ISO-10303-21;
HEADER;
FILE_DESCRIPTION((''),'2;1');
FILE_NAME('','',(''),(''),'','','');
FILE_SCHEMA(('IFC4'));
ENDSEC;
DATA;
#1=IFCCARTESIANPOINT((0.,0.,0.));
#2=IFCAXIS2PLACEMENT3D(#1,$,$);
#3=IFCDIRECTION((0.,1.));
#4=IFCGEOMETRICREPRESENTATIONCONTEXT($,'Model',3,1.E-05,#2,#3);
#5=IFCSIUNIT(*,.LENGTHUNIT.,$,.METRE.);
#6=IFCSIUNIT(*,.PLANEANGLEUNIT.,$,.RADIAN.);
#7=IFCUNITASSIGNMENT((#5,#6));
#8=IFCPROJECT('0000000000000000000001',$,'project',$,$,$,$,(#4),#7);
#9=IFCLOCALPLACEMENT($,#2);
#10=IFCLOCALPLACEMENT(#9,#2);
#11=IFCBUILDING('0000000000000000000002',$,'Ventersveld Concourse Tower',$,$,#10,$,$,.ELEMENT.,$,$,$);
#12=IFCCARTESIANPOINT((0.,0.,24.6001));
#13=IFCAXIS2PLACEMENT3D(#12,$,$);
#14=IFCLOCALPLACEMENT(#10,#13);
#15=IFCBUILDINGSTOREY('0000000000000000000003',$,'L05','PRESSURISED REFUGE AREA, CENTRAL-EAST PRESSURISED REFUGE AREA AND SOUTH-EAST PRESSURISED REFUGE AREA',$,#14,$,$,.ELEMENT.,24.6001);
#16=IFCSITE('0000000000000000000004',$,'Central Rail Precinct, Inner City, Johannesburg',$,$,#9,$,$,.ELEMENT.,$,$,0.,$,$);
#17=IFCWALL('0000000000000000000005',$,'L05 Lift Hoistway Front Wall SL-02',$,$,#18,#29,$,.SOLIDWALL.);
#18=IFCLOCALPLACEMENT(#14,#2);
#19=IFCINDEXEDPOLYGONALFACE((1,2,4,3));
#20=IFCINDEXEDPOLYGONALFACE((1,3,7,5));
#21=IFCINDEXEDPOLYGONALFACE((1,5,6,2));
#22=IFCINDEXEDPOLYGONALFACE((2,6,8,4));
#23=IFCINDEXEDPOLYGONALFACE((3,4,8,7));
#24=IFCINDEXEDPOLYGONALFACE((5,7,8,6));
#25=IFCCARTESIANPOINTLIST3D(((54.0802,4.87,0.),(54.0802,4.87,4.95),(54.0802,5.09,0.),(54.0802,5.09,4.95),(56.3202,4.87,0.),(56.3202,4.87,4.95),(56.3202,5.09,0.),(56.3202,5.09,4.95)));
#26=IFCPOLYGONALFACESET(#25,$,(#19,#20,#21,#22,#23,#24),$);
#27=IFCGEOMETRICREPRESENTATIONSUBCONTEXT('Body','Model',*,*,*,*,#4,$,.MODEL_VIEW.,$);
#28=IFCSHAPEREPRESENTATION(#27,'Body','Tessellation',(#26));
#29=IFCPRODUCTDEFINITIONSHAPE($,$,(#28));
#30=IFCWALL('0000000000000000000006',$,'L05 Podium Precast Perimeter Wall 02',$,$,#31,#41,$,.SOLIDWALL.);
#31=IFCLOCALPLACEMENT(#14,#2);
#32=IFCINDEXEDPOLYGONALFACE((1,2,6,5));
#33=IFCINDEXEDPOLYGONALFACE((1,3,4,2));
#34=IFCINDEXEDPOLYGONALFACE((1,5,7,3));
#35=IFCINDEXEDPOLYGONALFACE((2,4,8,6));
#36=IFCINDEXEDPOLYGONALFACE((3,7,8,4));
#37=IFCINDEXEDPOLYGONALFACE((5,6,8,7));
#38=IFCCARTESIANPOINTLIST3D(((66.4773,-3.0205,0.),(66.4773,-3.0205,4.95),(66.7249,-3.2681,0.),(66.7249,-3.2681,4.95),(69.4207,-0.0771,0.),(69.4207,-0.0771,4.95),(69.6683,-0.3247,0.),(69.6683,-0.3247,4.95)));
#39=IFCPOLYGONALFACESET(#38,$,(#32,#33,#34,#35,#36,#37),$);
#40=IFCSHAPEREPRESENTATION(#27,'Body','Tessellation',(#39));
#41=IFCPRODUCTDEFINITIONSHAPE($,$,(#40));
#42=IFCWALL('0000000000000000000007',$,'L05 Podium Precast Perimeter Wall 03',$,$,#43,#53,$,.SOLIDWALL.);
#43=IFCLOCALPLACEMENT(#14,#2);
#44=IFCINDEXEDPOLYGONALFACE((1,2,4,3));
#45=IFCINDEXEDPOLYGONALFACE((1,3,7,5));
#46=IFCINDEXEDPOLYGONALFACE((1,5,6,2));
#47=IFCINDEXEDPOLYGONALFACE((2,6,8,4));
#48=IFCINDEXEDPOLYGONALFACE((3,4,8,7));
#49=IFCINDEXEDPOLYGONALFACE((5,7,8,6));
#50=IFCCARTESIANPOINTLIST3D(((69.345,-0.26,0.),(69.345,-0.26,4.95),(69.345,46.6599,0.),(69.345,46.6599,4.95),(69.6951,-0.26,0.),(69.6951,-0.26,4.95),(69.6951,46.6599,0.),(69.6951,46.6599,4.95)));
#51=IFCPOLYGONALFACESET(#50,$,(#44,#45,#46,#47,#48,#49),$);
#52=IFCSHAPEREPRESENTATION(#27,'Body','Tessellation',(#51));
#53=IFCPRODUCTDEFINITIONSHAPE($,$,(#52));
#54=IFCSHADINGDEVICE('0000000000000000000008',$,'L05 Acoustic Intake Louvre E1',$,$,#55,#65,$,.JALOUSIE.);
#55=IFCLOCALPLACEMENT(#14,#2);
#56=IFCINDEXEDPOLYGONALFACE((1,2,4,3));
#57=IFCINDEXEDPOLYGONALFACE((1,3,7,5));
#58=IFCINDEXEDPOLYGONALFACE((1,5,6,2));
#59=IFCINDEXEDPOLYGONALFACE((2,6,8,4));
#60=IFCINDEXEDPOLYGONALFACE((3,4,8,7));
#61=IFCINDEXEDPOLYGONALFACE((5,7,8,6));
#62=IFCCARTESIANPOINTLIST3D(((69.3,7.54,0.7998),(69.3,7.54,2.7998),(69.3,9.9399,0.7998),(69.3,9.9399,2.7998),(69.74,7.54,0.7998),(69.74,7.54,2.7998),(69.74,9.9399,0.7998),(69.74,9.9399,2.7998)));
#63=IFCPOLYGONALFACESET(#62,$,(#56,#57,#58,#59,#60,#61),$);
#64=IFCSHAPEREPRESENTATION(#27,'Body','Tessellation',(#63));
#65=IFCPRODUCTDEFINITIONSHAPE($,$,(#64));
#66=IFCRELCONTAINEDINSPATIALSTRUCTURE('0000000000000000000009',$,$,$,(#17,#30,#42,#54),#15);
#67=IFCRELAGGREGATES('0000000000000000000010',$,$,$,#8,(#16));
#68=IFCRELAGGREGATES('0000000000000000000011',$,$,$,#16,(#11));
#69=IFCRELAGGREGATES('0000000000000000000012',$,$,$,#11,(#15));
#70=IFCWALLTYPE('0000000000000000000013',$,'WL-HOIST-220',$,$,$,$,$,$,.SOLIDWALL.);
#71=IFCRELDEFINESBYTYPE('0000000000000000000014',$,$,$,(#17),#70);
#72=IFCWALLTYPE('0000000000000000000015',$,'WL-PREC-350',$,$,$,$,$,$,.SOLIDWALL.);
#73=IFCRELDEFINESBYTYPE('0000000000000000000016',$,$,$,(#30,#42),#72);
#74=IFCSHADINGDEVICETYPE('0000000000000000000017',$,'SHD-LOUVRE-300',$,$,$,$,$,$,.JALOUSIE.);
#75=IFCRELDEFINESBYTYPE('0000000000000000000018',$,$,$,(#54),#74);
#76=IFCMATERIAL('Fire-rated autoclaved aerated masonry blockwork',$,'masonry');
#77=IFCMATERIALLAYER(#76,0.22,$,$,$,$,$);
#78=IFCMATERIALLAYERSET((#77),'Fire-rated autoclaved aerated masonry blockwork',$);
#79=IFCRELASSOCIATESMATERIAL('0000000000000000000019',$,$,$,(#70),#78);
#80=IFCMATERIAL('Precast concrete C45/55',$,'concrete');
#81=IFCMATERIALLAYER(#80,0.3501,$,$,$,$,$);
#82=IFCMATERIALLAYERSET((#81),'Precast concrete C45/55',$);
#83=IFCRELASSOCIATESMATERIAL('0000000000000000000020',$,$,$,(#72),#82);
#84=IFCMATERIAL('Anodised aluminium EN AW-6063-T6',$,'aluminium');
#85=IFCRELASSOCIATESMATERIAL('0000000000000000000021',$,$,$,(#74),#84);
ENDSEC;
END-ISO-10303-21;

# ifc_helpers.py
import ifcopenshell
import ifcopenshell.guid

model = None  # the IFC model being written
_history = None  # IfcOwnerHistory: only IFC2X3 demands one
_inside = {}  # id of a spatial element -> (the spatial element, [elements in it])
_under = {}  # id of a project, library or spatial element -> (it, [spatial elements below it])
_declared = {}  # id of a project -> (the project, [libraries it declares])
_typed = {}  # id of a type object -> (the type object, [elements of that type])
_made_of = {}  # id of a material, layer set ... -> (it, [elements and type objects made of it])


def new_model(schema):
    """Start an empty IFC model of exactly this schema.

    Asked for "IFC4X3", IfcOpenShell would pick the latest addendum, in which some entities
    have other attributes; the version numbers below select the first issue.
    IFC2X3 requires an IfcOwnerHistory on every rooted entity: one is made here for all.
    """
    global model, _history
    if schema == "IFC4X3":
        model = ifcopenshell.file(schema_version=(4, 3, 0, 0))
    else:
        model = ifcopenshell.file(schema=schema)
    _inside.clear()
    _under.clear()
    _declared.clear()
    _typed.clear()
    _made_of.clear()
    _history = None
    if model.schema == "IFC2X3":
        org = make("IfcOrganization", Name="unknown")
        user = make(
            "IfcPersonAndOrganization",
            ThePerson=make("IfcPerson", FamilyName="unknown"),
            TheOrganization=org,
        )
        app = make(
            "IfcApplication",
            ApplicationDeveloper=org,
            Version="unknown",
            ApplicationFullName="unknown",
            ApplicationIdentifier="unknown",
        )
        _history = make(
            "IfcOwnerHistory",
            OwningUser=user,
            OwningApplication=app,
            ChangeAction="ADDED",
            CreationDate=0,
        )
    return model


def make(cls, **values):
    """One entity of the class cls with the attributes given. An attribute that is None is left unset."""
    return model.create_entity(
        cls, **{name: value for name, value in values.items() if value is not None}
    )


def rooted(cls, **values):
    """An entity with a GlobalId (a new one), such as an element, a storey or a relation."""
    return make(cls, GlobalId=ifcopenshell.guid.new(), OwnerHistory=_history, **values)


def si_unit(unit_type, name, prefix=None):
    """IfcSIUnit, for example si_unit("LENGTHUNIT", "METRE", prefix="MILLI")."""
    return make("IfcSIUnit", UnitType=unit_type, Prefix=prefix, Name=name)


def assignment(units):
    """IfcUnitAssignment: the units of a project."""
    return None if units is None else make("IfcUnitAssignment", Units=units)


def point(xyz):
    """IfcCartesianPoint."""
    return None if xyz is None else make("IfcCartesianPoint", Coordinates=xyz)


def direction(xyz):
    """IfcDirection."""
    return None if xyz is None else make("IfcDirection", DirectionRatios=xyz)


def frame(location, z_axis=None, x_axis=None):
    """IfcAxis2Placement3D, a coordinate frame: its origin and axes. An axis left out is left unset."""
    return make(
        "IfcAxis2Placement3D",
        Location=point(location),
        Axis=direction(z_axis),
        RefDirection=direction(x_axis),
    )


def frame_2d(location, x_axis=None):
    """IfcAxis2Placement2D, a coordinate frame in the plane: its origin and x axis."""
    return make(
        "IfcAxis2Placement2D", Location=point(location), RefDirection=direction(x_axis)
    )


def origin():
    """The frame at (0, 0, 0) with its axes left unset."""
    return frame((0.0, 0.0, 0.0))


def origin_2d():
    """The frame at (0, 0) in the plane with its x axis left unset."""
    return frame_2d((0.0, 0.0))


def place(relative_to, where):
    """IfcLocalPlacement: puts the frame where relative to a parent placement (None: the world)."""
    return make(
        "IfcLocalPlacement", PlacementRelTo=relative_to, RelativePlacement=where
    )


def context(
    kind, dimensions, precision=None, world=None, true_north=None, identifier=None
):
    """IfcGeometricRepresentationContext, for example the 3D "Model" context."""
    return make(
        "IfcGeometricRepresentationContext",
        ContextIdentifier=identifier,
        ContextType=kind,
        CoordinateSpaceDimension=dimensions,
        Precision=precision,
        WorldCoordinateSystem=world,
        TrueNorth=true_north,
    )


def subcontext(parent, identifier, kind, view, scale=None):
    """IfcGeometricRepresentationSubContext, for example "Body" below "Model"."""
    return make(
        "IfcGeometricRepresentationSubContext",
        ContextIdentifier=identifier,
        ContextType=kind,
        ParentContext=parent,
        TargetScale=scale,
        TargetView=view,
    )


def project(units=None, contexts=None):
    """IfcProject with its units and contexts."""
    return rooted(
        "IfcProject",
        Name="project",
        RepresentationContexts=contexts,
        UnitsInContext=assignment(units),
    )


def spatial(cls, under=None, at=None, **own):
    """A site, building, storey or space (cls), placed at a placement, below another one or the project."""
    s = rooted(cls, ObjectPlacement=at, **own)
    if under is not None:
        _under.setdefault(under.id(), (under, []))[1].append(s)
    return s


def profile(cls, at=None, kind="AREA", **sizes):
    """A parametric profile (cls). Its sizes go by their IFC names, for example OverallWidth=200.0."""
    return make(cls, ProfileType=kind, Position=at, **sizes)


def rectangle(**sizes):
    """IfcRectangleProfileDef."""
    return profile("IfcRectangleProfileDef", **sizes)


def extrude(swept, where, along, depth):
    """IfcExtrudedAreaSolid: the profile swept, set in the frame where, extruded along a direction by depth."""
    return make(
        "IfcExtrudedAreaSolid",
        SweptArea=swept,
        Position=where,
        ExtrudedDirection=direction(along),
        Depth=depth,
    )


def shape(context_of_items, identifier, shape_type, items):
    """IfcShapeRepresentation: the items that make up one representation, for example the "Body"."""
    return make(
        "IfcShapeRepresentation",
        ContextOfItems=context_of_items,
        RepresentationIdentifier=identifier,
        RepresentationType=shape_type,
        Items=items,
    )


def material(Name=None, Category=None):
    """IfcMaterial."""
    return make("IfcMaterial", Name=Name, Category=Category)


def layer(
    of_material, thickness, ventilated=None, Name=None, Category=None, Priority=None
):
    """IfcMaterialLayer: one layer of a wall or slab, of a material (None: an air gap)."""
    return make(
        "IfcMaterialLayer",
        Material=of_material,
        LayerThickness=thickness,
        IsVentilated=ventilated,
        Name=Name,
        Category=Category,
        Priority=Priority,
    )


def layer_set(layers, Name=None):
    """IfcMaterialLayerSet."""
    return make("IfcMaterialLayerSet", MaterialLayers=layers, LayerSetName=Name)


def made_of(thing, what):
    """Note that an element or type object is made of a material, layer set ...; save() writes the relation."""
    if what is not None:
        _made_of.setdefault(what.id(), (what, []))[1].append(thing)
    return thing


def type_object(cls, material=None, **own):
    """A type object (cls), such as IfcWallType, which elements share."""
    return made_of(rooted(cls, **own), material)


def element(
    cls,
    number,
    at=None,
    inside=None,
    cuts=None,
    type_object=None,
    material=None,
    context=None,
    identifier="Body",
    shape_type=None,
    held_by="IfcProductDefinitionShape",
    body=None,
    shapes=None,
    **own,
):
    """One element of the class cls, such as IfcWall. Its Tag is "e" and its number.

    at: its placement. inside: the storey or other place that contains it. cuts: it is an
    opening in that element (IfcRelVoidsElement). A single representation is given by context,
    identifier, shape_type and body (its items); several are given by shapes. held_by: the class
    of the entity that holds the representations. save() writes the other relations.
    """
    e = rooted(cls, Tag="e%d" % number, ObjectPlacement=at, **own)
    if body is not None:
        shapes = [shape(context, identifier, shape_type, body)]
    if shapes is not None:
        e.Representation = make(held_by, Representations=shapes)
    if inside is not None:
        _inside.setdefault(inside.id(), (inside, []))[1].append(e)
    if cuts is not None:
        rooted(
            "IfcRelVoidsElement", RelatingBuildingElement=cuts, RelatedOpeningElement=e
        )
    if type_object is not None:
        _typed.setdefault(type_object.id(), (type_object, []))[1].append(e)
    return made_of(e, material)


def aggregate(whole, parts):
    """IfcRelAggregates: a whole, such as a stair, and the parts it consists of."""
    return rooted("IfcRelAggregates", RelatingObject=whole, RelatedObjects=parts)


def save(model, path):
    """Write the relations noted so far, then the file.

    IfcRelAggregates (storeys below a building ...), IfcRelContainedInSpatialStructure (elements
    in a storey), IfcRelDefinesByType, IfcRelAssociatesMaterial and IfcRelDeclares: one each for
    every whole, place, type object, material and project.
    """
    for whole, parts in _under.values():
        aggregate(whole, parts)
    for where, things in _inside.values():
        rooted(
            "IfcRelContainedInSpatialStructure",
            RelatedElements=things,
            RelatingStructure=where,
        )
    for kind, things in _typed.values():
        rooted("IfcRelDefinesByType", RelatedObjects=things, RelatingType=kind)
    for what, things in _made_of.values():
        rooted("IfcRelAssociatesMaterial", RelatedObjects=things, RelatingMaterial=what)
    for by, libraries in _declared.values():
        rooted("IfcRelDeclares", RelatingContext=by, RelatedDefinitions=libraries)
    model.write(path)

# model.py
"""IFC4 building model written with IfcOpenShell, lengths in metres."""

from ifc_helpers import new_model, si_unit, direction, frame, frame_2d, origin, origin_2d, place, context, subcontext, project, spatial, rectangle, extrude, material, layer, layer_set, type_object, element, save


model = new_model("IFC4")

# Units and contexts
model_context = context("Model", 3, precision=1e-05, world=origin(), true_north=direction((0.0, 1.0)))
body_context = subcontext(model_context, "Body", "Model", "MODEL_VIEW")
ifc_project = project(units=[si_unit("LENGTHUNIT", "METRE"), si_unit("PLANEANGLEUNIT", "RADIAN")], contexts=[model_context])

# Site, building, storey
site_placement = place(None, origin())
site = spatial("IfcSite", under=ifc_project, at=site_placement, Name="Central Rail Precinct, Inner City, Johannesburg", CompositionType="ELEMENT", RefElevation=0.0)
building_placement = place(site_placement, origin())
building = spatial("IfcBuilding", under=site, at=building_placement, Name="Ventersveld Concourse Tower", CompositionType="ELEMENT")
storey_placement = place(building_placement, frame((0.0, 0.0, 24.6001)))
storey = spatial("IfcBuildingStorey", under=building, at=storey_placement, Name="L05", Description="PRESSURISED REFUGE AREA, CENTRAL-EAST PRESSURISED REFUGE AREA AND SOUTH-EAST PRESSURISED REFUGE AREA", CompositionType="ELEMENT", Elevation=24.6001)

# Shared definitions
ifc_material_1 = material(Name="Fire-rated autoclaved aerated masonry blockwork", Category="masonry")

# Walls
ifc_layer_1 = layer(ifc_material_1, 0.22)
ifc_layer_set_1 = layer_set([ifc_layer_1], Name="Fire-rated autoclaved aerated masonry blockwork")
wall_type_1 = type_object("IfcWallType", Name="WL-HOIST-220", PredefinedType="SOLIDWALL", material=ifc_layer_set_1)
wall_1_placement = place(storey_placement, frame((54.0801, 4.98, 0.0), z_axis=(0.0, 0.0, 1.0), x_axis=(1.0, 0.0, 0.0)))
element("IfcWall", 1, at=wall_1_placement, inside=storey, type_object=wall_type_1, Name="L05 Lift Hoistway Front Wall SL-02", PredefinedType="SOLIDWALL", context=body_context, shape_type="SweptSolid", body=[
    extrude(rectangle(XDim=2.24, YDim=0.22, at=frame_2d((1.1201, 0.0))), origin(), (0.0, 0.0, 1.0), 4.95),
])
ifc_material_2 = material(Name="Precast concrete C45/55", Category="concrete")
ifc_layer_2 = layer(ifc_material_2, 0.3501)
ifc_layer_set_2 = layer_set([ifc_layer_2], Name="Precast concrete C45/55")
wall_type_2 = type_object("IfcWallType", Name="WL-PREC-350", PredefinedType="SOLIDWALL", material=ifc_layer_set_2)
wall_2_placement = place(storey_placement, frame((66.6011, -3.1443, 0.0), z_axis=(0.0, 0.0, 1.0), x_axis=(0.707107, 0.707107, 0.0)))
element("IfcWall", 2, at=wall_2_placement, inside=storey, type_object=wall_type_2, Name="L05 Podium Precast Perimeter Wall 02", PredefinedType="SOLIDWALL", context=body_context, shape_type="SweptSolid", body=[
    extrude(rectangle(XDim=4.1626, YDim=0.3501, at=frame_2d((2.0813, 0.0))), origin(), (0.0, 0.0, 1.0), 4.95),
])
wall_3_placement = place(storey_placement, frame((69.52, -0.26, 0.0), z_axis=(0.0, 0.0, 1.0), x_axis=(0.0, 1.0, 0.0)))
element("IfcWall", 3, at=wall_3_placement, inside=storey, type_object=wall_type_2, Name="L05 Podium Precast Perimeter Wall 03", PredefinedType="SOLIDWALL", context=body_context, shape_type="SweptSolid", body=[
    extrude(rectangle(XDim=46.9199, YDim=0.3501, at=frame_2d((23.46, 0.0))), origin(), (0.0, 0.0, 1.0), 4.95),
])

# Shading device
ifc_material_3 = material(Name="Anodised aluminium EN AW-6063-T6", Category="aluminium")
shading_device_type = type_object("IfcShadingDeviceType", Name="SHD-LOUVRE-300", PredefinedType="JALOUSIE", material=ifc_material_3)
shading_device_placement = place(storey_placement, frame((69.52, 8.74, 0.7998), z_axis=(0.0, 0.0, 1.0), x_axis=(0.0, 1.0, 0.0)))
element("IfcShadingDevice", 4, at=shading_device_placement, inside=storey, type_object=shading_device_type, Name="L05 Acoustic Intake Louvre E1", PredefinedType="JALOUSIE", context=body_context, shape_type="SweptSolid", body=[
    extrude(rectangle(XDim=2.3999, YDim=0.4399, at=origin_2d()), origin(), (0.0, 0.0, 1.0), 2.0),
])

save(model, "model.ifc")
